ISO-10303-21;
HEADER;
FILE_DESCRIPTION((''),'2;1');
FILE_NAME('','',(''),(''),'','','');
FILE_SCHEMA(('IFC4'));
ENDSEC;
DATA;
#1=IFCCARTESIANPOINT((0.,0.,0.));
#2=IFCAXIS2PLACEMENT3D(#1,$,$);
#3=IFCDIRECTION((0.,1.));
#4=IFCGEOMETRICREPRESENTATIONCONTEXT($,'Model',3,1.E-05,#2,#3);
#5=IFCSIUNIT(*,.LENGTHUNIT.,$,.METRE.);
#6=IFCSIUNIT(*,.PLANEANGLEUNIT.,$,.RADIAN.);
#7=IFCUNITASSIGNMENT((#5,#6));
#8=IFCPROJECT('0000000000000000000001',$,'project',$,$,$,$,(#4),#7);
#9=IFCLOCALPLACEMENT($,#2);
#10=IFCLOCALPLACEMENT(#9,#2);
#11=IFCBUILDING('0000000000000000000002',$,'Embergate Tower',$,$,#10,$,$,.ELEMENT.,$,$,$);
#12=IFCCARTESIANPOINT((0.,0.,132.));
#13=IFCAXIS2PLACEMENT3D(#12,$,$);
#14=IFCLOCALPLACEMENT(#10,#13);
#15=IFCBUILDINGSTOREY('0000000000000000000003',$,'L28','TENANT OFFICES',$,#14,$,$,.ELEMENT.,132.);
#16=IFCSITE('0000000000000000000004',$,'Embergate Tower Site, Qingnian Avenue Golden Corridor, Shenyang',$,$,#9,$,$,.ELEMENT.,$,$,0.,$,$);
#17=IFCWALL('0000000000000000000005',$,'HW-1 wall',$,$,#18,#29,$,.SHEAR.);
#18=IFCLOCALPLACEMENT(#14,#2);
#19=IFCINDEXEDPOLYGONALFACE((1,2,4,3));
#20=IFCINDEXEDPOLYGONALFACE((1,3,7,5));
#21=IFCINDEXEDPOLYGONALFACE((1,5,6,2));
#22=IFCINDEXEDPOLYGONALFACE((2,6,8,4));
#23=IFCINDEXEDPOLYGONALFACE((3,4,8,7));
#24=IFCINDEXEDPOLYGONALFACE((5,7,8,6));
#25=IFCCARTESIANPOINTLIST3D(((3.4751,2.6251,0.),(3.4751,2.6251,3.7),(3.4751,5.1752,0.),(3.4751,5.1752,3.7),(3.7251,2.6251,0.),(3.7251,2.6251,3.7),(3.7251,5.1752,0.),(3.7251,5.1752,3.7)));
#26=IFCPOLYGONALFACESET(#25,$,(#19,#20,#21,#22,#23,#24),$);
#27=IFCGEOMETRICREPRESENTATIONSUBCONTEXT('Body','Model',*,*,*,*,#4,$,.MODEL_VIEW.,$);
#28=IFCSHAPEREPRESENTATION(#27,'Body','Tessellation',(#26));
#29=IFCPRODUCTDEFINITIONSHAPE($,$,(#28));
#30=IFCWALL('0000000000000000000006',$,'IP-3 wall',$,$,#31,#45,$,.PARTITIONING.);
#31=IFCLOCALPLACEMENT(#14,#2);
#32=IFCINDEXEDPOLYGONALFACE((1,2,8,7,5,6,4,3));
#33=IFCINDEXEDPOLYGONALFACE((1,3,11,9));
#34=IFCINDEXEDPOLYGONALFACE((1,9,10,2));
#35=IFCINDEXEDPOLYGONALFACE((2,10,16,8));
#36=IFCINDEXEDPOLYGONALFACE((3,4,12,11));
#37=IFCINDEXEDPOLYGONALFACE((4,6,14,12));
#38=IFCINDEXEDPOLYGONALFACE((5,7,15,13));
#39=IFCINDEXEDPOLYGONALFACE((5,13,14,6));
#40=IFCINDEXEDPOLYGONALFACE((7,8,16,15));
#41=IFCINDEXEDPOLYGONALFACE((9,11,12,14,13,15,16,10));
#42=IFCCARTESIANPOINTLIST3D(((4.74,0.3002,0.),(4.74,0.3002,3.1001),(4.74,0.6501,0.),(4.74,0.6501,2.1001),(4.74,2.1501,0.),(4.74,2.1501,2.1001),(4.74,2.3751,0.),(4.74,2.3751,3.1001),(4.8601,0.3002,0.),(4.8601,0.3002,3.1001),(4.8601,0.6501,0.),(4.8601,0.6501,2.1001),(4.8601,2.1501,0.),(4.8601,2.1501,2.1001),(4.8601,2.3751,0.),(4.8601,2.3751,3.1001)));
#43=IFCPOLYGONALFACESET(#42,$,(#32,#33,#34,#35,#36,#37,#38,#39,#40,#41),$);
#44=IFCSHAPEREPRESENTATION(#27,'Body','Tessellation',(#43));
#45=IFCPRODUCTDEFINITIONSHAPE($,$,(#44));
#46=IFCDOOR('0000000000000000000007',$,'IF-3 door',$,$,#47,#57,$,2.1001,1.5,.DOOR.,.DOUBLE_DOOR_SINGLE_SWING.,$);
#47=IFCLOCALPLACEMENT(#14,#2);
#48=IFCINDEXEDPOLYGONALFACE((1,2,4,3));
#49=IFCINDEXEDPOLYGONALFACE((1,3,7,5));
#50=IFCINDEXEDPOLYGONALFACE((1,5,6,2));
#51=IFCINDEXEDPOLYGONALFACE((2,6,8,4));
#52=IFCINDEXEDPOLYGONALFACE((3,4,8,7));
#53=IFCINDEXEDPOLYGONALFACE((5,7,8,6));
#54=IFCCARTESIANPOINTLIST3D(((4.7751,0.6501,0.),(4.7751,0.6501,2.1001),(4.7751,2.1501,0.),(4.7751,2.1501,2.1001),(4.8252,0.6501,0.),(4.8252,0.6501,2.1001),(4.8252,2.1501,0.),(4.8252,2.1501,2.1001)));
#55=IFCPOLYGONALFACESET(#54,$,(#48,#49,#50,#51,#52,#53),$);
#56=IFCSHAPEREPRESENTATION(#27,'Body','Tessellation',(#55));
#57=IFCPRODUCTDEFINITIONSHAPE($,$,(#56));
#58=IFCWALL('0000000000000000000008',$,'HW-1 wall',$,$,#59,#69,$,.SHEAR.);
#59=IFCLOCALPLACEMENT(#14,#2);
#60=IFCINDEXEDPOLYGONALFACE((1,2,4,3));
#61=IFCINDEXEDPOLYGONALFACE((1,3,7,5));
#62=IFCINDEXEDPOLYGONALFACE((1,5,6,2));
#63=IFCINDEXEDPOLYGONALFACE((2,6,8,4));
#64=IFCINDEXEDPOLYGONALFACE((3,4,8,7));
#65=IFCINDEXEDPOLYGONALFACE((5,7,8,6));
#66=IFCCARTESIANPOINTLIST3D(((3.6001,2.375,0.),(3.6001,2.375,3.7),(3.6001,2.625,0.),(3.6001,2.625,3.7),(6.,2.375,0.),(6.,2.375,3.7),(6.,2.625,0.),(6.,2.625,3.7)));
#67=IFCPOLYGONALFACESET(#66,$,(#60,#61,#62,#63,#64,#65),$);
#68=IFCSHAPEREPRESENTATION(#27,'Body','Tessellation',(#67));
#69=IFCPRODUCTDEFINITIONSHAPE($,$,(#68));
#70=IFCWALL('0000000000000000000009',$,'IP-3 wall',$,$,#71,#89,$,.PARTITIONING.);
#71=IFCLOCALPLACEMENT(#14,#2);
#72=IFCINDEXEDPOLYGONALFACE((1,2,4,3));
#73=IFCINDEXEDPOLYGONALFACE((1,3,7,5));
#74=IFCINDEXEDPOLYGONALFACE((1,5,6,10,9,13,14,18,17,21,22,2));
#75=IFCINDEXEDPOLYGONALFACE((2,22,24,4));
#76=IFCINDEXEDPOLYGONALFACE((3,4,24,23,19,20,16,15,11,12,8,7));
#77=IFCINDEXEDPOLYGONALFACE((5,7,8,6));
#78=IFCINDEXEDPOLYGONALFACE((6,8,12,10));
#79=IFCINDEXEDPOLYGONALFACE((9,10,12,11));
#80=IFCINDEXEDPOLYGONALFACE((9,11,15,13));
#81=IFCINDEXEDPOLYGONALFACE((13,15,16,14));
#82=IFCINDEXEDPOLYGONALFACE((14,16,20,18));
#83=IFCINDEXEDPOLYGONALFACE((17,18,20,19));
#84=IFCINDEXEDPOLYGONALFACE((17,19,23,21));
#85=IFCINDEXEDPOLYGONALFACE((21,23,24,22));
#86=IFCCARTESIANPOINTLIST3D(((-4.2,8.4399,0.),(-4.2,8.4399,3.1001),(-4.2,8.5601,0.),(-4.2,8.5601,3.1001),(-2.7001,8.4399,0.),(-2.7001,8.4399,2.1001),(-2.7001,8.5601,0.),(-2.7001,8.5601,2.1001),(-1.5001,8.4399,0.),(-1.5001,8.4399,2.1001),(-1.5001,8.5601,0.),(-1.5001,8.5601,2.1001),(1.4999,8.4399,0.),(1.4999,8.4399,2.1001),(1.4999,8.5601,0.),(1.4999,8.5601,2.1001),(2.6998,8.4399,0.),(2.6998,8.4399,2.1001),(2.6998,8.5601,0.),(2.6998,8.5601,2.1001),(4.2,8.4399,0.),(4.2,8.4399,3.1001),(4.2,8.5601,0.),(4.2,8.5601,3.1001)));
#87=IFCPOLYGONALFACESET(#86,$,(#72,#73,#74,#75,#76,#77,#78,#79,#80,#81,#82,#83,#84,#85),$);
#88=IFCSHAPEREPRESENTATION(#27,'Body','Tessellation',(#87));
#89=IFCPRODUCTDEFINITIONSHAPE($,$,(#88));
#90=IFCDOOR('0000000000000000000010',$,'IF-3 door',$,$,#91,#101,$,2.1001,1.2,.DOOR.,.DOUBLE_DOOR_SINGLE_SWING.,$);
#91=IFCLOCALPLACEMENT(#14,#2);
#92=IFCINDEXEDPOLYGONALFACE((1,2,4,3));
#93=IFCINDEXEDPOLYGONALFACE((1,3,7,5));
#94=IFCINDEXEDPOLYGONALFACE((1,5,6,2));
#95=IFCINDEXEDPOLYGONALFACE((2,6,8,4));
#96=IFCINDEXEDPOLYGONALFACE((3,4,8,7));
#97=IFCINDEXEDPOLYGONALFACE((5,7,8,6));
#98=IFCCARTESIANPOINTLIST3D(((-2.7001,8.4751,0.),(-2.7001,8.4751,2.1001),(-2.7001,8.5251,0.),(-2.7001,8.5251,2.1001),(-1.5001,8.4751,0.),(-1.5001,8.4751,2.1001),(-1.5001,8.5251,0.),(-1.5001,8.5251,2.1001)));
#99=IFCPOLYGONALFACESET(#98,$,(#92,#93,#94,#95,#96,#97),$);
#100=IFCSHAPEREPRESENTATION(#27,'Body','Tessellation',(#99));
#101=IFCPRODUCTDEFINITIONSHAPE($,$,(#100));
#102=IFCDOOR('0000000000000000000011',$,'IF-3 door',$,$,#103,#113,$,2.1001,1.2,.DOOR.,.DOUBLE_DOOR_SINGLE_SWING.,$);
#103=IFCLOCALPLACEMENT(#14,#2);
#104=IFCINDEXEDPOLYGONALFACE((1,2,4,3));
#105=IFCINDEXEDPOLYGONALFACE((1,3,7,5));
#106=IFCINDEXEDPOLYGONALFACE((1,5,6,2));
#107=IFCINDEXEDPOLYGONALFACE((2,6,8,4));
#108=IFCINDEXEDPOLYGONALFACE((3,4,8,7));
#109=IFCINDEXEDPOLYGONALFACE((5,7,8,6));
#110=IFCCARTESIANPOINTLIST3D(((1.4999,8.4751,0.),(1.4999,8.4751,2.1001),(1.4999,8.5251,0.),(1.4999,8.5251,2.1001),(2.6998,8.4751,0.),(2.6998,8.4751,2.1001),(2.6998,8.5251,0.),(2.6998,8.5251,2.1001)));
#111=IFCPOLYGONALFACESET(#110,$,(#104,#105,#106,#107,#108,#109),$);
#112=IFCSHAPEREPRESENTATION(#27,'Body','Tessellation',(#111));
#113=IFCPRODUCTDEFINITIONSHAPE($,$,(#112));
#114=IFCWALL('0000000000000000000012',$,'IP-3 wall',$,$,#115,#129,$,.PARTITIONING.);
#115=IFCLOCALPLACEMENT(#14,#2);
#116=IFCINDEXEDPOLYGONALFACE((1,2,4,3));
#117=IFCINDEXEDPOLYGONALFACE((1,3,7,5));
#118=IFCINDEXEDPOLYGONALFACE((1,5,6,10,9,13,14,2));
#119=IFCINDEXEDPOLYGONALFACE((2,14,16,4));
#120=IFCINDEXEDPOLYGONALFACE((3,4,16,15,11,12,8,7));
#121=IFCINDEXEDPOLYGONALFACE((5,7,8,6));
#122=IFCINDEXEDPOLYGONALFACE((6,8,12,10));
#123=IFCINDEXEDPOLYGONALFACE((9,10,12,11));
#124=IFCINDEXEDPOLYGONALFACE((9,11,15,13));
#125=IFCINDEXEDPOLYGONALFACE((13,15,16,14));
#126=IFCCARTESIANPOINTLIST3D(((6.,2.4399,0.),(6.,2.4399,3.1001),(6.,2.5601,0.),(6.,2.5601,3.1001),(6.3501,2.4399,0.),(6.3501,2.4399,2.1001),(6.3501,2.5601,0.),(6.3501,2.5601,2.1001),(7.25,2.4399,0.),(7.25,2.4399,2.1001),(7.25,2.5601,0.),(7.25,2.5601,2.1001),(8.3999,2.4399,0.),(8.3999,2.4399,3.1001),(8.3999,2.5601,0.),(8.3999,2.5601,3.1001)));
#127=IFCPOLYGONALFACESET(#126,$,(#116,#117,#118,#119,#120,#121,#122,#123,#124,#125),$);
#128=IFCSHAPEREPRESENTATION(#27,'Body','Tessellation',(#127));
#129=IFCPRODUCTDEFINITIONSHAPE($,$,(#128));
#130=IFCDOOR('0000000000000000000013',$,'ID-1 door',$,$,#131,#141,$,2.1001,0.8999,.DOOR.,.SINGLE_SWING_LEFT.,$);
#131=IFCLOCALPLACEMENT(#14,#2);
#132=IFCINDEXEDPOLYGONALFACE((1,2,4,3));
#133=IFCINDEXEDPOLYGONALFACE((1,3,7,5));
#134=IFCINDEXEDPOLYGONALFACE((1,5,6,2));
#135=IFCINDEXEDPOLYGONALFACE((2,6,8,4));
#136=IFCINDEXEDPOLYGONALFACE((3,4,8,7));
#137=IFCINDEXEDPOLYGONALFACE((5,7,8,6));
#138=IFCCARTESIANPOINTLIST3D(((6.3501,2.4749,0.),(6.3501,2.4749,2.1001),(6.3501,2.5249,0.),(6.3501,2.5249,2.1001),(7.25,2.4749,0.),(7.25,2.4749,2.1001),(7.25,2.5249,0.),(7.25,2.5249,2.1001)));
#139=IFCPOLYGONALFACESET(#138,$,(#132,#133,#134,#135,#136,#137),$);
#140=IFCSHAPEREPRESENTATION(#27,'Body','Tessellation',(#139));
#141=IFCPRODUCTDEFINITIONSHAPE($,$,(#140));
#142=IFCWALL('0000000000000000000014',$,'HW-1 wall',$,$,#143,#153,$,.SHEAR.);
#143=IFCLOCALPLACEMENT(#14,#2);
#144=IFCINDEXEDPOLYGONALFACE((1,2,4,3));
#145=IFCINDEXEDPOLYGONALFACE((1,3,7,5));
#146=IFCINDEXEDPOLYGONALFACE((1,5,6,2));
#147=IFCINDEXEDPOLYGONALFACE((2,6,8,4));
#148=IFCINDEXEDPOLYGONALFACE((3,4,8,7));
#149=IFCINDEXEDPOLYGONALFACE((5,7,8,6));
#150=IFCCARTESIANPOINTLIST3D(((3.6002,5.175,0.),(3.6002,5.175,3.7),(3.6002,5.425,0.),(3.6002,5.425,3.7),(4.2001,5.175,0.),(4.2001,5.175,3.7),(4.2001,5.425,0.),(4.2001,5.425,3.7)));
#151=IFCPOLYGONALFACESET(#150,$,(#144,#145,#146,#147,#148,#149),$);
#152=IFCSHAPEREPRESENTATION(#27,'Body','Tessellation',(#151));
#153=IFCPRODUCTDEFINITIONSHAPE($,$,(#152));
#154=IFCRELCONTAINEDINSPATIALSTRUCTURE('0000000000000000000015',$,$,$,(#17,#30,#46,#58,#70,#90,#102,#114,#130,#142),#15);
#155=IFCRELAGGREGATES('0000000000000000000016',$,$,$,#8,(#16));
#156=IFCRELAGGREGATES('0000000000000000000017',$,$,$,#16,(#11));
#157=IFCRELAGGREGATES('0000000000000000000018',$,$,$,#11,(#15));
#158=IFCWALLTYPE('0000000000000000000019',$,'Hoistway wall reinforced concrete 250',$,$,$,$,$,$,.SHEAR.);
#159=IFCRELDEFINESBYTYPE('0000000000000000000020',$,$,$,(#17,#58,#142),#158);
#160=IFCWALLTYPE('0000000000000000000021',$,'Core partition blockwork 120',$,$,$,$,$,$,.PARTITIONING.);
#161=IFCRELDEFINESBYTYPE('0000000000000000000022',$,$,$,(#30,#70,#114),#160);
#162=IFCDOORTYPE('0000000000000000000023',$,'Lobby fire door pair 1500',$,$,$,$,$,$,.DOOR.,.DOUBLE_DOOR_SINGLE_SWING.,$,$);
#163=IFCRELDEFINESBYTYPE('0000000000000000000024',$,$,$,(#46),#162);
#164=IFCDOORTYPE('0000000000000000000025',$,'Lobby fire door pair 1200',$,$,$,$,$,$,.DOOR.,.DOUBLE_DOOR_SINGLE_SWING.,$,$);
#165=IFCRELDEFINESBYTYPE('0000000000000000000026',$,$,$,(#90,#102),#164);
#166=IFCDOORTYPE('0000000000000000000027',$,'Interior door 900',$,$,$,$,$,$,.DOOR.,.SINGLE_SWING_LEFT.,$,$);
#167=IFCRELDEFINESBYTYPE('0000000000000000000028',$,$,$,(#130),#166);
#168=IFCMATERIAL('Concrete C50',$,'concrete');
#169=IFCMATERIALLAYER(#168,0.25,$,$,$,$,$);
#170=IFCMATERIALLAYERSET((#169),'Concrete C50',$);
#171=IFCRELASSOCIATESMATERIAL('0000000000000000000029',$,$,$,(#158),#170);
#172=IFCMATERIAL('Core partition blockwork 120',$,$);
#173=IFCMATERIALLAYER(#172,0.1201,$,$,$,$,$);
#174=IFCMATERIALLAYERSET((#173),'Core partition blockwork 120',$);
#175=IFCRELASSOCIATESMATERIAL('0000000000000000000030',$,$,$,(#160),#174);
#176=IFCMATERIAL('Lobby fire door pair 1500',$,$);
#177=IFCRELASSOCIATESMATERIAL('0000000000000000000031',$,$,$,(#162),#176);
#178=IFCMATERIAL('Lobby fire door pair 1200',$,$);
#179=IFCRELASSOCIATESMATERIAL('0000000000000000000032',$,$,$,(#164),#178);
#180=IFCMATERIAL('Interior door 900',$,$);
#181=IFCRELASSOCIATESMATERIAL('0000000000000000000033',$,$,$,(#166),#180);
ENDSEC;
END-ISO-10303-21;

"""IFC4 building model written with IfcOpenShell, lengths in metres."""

from ifc_helpers import new_model, si_unit, direction, frame, frame_2d, origin, place, context, subcontext, project, spatial, rectangle, extrude, source, transform, mapped, material, layer, layer_set, type_object, element, fill, save


model = new_model("IFC4")

# Units and contexts
model_context = context("Model", 3, precision=1e-05, world=origin(), true_north=direction((0.0, 1.0)))
body_context = subcontext(model_context, "Body", "Model", "MODEL_VIEW")
ifc_project = project(units=[si_unit("LENGTHUNIT", "METRE"), si_unit("PLANEANGLEUNIT", "RADIAN")], contexts=[model_context])

# Site, building, storey
site_placement = place(None, origin())
site = spatial("IfcSite", under=ifc_project, at=site_placement, Name="Embergate Tower Site, Qingnian Avenue Golden Corridor, Shenyang", CompositionType="ELEMENT", RefElevation=0.0)
building_placement = place(site_placement, origin())
building = spatial("IfcBuilding", under=site, at=building_placement, Name="Embergate Tower", CompositionType="ELEMENT")
storey_placement = place(building_placement, frame((0.0, 0.0, 132.0)))
storey = spatial("IfcBuildingStorey", under=building, at=storey_placement, Name="L28", Description="TENANT OFFICES", CompositionType="ELEMENT", Elevation=132.0)

# Wall
ifc_material_1 = material(Name="Concrete C50", Category="concrete")
ifc_layer_1 = layer(ifc_material_1, 0.25)
ifc_layer_set_1 = layer_set([ifc_layer_1], Name="Concrete C50")
wall_type_1 = type_object("IfcWallType", Name="Hoistway wall reinforced concrete 250", PredefinedType="SHEAR", material=ifc_layer_set_1)
shared_shape_1 = source(origin(), body_context, "Body", "SweptSolid", [
    extrude(rectangle(XDim=2.55, YDim=0.25, at=frame_2d((1.2749, 0.0))), origin(), (0.0, 0.0, 1.0), 3.7),
])
wall_1_placement = place(storey_placement, frame((3.6001, 5.175, 0.0), z_axis=(0.0, 0.0, 1.0), x_axis=(0.0, -1.0, 0.0)))
element("IfcWall", 1, at=wall_1_placement, inside=storey, type_object=wall_type_1, Name="HW-1 wall", PredefinedType="SHEAR", context=body_context, shape_type="MappedRepresentation", body=[
    mapped(shared_shape_1, transform((0.0, 0.0, 0.0))),
])

# Wall, opening, door
ifc_material_2 = material(Name="Core partition blockwork 120")
ifc_layer_2 = layer(ifc_material_2, 0.1201)
ifc_layer_set_2 = layer_set([ifc_layer_2], Name="Core partition blockwork 120")
wall_type_2 = type_object("IfcWallType", Name="Core partition blockwork 120", PredefinedType="PARTITIONING", material=ifc_layer_set_2)
shared_shape_2 = source(origin(), body_context, "Body", "SweptSolid", [
    extrude(rectangle(XDim=2.075, YDim=0.1201, at=frame_2d((1.0376, 0.0))), origin(), (0.0, 0.0, 1.0), 3.1001),
])
wall_2_placement = place(storey_placement, frame((4.8, 0.3, 0.0), z_axis=(0.0, 0.0, 1.0), x_axis=(0.0, 1.0, 0.0)))
wall_2 = element("IfcWall", 2, at=wall_2_placement, inside=storey, type_object=wall_type_2, Name="IP-3 wall", PredefinedType="PARTITIONING", context=body_context, shape_type="MappedRepresentation", body=[
    mapped(shared_shape_2, transform((0.0, 0.0, 0.0))),
])
shared_shape_3 = source(origin(), body_context, "Body", "SweptSolid", [
    extrude(rectangle(XDim=1.5, YDim=2.1001, at=frame_2d((0.75, 1.05))), frame((0.0, 0.0701, 0.0), z_axis=(0.0, -1.0, 0.0), x_axis=(1.0, 0.0, 0.0)), (0.0, 0.0, 1.0), 0.1401),
])
opening_1_placement = place(wall_2_placement, frame((0.3501, 0.0, 0.0)))
opening_1 = element("IfcOpeningElement", 3, at=opening_1_placement, cuts=wall_2, PredefinedType="OPENING", context=body_context, shape_type="MappedRepresentation", body=[
    mapped(shared_shape_3, transform((0.0, 0.0, 0.0))),
])
ifc_material_3 = material(Name="Lobby fire door pair 1500")
door_type_1 = type_object("IfcDoorType", Name="Lobby fire door pair 1500", OperationType="DOUBLE_DOOR_SINGLE_SWING", PredefinedType="DOOR", material=ifc_material_3)
shared_shape_4 = source(origin(), body_context, "Body", "SweptSolid", [
    extrude(rectangle(XDim=1.5, YDim=2.1001, at=frame_2d((0.75, 1.05))), frame((0.0, 0.0249, 0.0), z_axis=(0.0, -1.0, 0.0), x_axis=(1.0, 0.0, 0.0)), (0.0, 0.0, 1.0), 0.05),
])
door_1_placement = place(opening_1_placement, origin())
door_1 = element("IfcDoor", 4, at=door_1_placement, inside=storey, type_object=door_type_1, Name="IF-3 door", OperationType="DOUBLE_DOOR_SINGLE_SWING", OverallHeight=2.1001, OverallWidth=1.5, PredefinedType="DOOR", context=body_context, shape_type="MappedRepresentation", body=[
    mapped(shared_shape_4, transform((0.0, 0.0, 0.0))),
])
fill(opening_1, door_1)

# Wall
shared_shape_5 = source(origin(), body_context, "Body", "SweptSolid", [
    extrude(rectangle(XDim=2.3999, YDim=0.25, at=frame_2d((1.2, 0.0))), origin(), (0.0, 0.0, 1.0), 3.7),
])
wall_3_placement = place(storey_placement, frame((3.6001, 2.5, 0.0), z_axis=(0.0, 0.0, 1.0), x_axis=(1.0, 0.0, 0.0)))
element("IfcWall", 5, at=wall_3_placement, inside=storey, type_object=wall_type_1, Name="HW-1 wall", PredefinedType="SHEAR", context=body_context, shape_type="MappedRepresentation", body=[
    mapped(shared_shape_5, transform((0.0, 0.0, 0.0))),
])

# Wall, openings, doors
shared_shape_6 = source(origin(), body_context, "Body", "SweptSolid", [
    extrude(rectangle(XDim=8.3999, YDim=0.1201, at=frame_2d((4.2, 0.0))), origin(), (0.0, 0.0, 1.0), 3.1001),
])
wall_4_placement = place(storey_placement, frame((4.2, 8.5, 0.0), z_axis=(0.0, 0.0, 1.0), x_axis=(-1.0, 0.0, 0.0)))
wall_4 = element("IfcWall", 6, at=wall_4_placement, inside=storey, type_object=wall_type_2, Name="IP-3 wall", PredefinedType="PARTITIONING", context=body_context, shape_type="MappedRepresentation", body=[
    mapped(shared_shape_6, transform((0.0, 0.0, 0.0))),
])
shared_shape_7 = source(origin(), body_context, "Body", "SweptSolid", [
    extrude(rectangle(XDim=1.2, YDim=2.1001, at=frame_2d((0.6001, 1.05))), frame((0.0, 0.0701, 0.0), z_axis=(0.0, -1.0, 0.0), x_axis=(1.0, 0.0, 0.0)), (0.0, 0.0, 1.0), 0.1401),
])
opening_2_placement = place(wall_4_placement, frame((5.7, 0.0, 0.0)))
opening_2 = element("IfcOpeningElement", 7, at=opening_2_placement, cuts=wall_4, PredefinedType="OPENING", context=body_context, shape_type="MappedRepresentation", body=[
    mapped(shared_shape_7, transform((0.0, 0.0, 0.0))),
])
opening_3_placement = place(wall_4_placement, frame((1.5, 0.0, 0.0)))
opening_3 = element("IfcOpeningElement", 8, at=opening_3_placement, cuts=wall_4, PredefinedType="OPENING", context=body_context, shape_type="MappedRepresentation", body=[
    mapped(shared_shape_7, transform((0.0, 0.0, 0.0))),
])
ifc_material_4 = material(Name="Lobby fire door pair 1200")
door_type_2 = type_object("IfcDoorType", Name="Lobby fire door pair 1200", OperationType="DOUBLE_DOOR_SINGLE_SWING", PredefinedType="DOOR", material=ifc_material_4)
shared_shape_8 = source(origin(), body_context, "Body", "SweptSolid", [
    extrude(rectangle(XDim=1.2, YDim=2.1001, at=frame_2d((0.6001, 1.05))), frame((0.0, 0.0249, 0.0), z_axis=(0.0, -1.0, 0.0), x_axis=(1.0, 0.0, 0.0)), (0.0, 0.0, 1.0), 0.05),
])
door_2_placement = place(opening_2_placement, origin())
door_2 = element("IfcDoor", 9, at=door_2_placement, inside=storey, type_object=door_type_2, Name="IF-3 door", OperationType="DOUBLE_DOOR_SINGLE_SWING", OverallHeight=2.1001, OverallWidth=1.2, PredefinedType="DOOR", context=body_context, shape_type="MappedRepresentation", body=[
    mapped(shared_shape_8, transform((0.0, 0.0, 0.0))),
])
fill(opening_2, door_2)
door_3_placement = place(opening_3_placement, origin())
door_3 = element("IfcDoor", 10, at=door_3_placement, inside=storey, type_object=door_type_2, Name="IF-3 door", OperationType="DOUBLE_DOOR_SINGLE_SWING", OverallHeight=2.1001, OverallWidth=1.2, PredefinedType="DOOR", context=body_context, shape_type="MappedRepresentation", body=[
    mapped(shared_shape_8, transform((0.0, 0.0, 0.0))),
])
fill(opening_3, door_3)

# Wall, opening, door
shared_shape_9 = source(origin(), body_context, "Body", "SweptSolid", [
    extrude(rectangle(XDim=2.3999, YDim=0.1201, at=frame_2d((1.2, 0.0))), origin(), (0.0, 0.0, 1.0), 3.1001),
])
wall_5_placement = place(storey_placement, frame((6.0, 2.5, 0.0), z_axis=(0.0, 0.0, 1.0), x_axis=(1.0, 0.0, 0.0)))
wall_5 = element("IfcWall", 11, at=wall_5_placement, inside=storey, type_object=wall_type_2, Name="IP-3 wall", PredefinedType="PARTITIONING", context=body_context, shape_type="MappedRepresentation", body=[
    mapped(shared_shape_9, transform((0.0, 0.0, 0.0))),
])
shared_shape_10 = source(origin(), body_context, "Body", "SweptSolid", [
    extrude(rectangle(XDim=0.8999, YDim=2.1001, at=frame_2d((0.45, 1.05))), frame((0.0, 0.0701, 0.0), z_axis=(0.0, -1.0, 0.0), x_axis=(1.0, 0.0, 0.0)), (0.0, 0.0, 1.0), 0.1401),
])
opening_4_placement = place(wall_5_placement, frame((0.3501, 0.0, 0.0)))
opening_4 = element("IfcOpeningElement", 12, at=opening_4_placement, cuts=wall_5, PredefinedType="OPENING", context=body_context, shape_type="MappedRepresentation", body=[
    mapped(shared_shape_10, transform((0.0, 0.0, 0.0))),
])
ifc_material_5 = material(Name="Interior door 900")
door_type_3 = type_object("IfcDoorType", Name="Interior door 900", OperationType="SINGLE_SWING_LEFT", PredefinedType="DOOR", material=ifc_material_5)
shared_shape_11 = source(origin(), body_context, "Body", "SweptSolid", [
    extrude(rectangle(XDim=0.8999, YDim=2.1001, at=frame_2d((0.45, 1.05))), frame((0.0, 0.0249, 0.0), z_axis=(0.0, -1.0, 0.0), x_axis=(1.0, 0.0, 0.0)), (0.0, 0.0, 1.0), 0.05),
])
door_4_placement = place(opening_4_placement, origin())
door_4 = element("IfcDoor", 13, at=door_4_placement, inside=storey, type_object=door_type_3, Name="ID-1 door", OperationType="SINGLE_SWING_LEFT", OverallHeight=2.1001, OverallWidth=0.8999, PredefinedType="DOOR", context=body_context, shape_type="MappedRepresentation", body=[
    mapped(shared_shape_11, transform((0.0, 0.0, 0.0))),
])
fill(opening_4, door_4)

# Wall
shared_shape_12 = source(origin(), body_context, "Body", "SweptSolid", [
    extrude(rectangle(XDim=0.5999, YDim=0.25, at=frame_2d((0.2998, 0.0))), origin(), (0.0, 0.0, 1.0), 3.7),
])
wall_6_placement = place(storey_placement, frame((4.2, 5.3, 0.0), z_axis=(0.0, 0.0, 1.0), x_axis=(-1.0, 0.0, 0.0)))
element("IfcWall", 14, at=wall_6_placement, inside=storey, type_object=wall_type_1, Name="HW-1 wall", PredefinedType="SHEAR", context=body_context, shape_type="MappedRepresentation", body=[
    mapped(shared_shape_12, transform((0.0, 0.0, 0.0))),
])

save(model, "model.ifc")
